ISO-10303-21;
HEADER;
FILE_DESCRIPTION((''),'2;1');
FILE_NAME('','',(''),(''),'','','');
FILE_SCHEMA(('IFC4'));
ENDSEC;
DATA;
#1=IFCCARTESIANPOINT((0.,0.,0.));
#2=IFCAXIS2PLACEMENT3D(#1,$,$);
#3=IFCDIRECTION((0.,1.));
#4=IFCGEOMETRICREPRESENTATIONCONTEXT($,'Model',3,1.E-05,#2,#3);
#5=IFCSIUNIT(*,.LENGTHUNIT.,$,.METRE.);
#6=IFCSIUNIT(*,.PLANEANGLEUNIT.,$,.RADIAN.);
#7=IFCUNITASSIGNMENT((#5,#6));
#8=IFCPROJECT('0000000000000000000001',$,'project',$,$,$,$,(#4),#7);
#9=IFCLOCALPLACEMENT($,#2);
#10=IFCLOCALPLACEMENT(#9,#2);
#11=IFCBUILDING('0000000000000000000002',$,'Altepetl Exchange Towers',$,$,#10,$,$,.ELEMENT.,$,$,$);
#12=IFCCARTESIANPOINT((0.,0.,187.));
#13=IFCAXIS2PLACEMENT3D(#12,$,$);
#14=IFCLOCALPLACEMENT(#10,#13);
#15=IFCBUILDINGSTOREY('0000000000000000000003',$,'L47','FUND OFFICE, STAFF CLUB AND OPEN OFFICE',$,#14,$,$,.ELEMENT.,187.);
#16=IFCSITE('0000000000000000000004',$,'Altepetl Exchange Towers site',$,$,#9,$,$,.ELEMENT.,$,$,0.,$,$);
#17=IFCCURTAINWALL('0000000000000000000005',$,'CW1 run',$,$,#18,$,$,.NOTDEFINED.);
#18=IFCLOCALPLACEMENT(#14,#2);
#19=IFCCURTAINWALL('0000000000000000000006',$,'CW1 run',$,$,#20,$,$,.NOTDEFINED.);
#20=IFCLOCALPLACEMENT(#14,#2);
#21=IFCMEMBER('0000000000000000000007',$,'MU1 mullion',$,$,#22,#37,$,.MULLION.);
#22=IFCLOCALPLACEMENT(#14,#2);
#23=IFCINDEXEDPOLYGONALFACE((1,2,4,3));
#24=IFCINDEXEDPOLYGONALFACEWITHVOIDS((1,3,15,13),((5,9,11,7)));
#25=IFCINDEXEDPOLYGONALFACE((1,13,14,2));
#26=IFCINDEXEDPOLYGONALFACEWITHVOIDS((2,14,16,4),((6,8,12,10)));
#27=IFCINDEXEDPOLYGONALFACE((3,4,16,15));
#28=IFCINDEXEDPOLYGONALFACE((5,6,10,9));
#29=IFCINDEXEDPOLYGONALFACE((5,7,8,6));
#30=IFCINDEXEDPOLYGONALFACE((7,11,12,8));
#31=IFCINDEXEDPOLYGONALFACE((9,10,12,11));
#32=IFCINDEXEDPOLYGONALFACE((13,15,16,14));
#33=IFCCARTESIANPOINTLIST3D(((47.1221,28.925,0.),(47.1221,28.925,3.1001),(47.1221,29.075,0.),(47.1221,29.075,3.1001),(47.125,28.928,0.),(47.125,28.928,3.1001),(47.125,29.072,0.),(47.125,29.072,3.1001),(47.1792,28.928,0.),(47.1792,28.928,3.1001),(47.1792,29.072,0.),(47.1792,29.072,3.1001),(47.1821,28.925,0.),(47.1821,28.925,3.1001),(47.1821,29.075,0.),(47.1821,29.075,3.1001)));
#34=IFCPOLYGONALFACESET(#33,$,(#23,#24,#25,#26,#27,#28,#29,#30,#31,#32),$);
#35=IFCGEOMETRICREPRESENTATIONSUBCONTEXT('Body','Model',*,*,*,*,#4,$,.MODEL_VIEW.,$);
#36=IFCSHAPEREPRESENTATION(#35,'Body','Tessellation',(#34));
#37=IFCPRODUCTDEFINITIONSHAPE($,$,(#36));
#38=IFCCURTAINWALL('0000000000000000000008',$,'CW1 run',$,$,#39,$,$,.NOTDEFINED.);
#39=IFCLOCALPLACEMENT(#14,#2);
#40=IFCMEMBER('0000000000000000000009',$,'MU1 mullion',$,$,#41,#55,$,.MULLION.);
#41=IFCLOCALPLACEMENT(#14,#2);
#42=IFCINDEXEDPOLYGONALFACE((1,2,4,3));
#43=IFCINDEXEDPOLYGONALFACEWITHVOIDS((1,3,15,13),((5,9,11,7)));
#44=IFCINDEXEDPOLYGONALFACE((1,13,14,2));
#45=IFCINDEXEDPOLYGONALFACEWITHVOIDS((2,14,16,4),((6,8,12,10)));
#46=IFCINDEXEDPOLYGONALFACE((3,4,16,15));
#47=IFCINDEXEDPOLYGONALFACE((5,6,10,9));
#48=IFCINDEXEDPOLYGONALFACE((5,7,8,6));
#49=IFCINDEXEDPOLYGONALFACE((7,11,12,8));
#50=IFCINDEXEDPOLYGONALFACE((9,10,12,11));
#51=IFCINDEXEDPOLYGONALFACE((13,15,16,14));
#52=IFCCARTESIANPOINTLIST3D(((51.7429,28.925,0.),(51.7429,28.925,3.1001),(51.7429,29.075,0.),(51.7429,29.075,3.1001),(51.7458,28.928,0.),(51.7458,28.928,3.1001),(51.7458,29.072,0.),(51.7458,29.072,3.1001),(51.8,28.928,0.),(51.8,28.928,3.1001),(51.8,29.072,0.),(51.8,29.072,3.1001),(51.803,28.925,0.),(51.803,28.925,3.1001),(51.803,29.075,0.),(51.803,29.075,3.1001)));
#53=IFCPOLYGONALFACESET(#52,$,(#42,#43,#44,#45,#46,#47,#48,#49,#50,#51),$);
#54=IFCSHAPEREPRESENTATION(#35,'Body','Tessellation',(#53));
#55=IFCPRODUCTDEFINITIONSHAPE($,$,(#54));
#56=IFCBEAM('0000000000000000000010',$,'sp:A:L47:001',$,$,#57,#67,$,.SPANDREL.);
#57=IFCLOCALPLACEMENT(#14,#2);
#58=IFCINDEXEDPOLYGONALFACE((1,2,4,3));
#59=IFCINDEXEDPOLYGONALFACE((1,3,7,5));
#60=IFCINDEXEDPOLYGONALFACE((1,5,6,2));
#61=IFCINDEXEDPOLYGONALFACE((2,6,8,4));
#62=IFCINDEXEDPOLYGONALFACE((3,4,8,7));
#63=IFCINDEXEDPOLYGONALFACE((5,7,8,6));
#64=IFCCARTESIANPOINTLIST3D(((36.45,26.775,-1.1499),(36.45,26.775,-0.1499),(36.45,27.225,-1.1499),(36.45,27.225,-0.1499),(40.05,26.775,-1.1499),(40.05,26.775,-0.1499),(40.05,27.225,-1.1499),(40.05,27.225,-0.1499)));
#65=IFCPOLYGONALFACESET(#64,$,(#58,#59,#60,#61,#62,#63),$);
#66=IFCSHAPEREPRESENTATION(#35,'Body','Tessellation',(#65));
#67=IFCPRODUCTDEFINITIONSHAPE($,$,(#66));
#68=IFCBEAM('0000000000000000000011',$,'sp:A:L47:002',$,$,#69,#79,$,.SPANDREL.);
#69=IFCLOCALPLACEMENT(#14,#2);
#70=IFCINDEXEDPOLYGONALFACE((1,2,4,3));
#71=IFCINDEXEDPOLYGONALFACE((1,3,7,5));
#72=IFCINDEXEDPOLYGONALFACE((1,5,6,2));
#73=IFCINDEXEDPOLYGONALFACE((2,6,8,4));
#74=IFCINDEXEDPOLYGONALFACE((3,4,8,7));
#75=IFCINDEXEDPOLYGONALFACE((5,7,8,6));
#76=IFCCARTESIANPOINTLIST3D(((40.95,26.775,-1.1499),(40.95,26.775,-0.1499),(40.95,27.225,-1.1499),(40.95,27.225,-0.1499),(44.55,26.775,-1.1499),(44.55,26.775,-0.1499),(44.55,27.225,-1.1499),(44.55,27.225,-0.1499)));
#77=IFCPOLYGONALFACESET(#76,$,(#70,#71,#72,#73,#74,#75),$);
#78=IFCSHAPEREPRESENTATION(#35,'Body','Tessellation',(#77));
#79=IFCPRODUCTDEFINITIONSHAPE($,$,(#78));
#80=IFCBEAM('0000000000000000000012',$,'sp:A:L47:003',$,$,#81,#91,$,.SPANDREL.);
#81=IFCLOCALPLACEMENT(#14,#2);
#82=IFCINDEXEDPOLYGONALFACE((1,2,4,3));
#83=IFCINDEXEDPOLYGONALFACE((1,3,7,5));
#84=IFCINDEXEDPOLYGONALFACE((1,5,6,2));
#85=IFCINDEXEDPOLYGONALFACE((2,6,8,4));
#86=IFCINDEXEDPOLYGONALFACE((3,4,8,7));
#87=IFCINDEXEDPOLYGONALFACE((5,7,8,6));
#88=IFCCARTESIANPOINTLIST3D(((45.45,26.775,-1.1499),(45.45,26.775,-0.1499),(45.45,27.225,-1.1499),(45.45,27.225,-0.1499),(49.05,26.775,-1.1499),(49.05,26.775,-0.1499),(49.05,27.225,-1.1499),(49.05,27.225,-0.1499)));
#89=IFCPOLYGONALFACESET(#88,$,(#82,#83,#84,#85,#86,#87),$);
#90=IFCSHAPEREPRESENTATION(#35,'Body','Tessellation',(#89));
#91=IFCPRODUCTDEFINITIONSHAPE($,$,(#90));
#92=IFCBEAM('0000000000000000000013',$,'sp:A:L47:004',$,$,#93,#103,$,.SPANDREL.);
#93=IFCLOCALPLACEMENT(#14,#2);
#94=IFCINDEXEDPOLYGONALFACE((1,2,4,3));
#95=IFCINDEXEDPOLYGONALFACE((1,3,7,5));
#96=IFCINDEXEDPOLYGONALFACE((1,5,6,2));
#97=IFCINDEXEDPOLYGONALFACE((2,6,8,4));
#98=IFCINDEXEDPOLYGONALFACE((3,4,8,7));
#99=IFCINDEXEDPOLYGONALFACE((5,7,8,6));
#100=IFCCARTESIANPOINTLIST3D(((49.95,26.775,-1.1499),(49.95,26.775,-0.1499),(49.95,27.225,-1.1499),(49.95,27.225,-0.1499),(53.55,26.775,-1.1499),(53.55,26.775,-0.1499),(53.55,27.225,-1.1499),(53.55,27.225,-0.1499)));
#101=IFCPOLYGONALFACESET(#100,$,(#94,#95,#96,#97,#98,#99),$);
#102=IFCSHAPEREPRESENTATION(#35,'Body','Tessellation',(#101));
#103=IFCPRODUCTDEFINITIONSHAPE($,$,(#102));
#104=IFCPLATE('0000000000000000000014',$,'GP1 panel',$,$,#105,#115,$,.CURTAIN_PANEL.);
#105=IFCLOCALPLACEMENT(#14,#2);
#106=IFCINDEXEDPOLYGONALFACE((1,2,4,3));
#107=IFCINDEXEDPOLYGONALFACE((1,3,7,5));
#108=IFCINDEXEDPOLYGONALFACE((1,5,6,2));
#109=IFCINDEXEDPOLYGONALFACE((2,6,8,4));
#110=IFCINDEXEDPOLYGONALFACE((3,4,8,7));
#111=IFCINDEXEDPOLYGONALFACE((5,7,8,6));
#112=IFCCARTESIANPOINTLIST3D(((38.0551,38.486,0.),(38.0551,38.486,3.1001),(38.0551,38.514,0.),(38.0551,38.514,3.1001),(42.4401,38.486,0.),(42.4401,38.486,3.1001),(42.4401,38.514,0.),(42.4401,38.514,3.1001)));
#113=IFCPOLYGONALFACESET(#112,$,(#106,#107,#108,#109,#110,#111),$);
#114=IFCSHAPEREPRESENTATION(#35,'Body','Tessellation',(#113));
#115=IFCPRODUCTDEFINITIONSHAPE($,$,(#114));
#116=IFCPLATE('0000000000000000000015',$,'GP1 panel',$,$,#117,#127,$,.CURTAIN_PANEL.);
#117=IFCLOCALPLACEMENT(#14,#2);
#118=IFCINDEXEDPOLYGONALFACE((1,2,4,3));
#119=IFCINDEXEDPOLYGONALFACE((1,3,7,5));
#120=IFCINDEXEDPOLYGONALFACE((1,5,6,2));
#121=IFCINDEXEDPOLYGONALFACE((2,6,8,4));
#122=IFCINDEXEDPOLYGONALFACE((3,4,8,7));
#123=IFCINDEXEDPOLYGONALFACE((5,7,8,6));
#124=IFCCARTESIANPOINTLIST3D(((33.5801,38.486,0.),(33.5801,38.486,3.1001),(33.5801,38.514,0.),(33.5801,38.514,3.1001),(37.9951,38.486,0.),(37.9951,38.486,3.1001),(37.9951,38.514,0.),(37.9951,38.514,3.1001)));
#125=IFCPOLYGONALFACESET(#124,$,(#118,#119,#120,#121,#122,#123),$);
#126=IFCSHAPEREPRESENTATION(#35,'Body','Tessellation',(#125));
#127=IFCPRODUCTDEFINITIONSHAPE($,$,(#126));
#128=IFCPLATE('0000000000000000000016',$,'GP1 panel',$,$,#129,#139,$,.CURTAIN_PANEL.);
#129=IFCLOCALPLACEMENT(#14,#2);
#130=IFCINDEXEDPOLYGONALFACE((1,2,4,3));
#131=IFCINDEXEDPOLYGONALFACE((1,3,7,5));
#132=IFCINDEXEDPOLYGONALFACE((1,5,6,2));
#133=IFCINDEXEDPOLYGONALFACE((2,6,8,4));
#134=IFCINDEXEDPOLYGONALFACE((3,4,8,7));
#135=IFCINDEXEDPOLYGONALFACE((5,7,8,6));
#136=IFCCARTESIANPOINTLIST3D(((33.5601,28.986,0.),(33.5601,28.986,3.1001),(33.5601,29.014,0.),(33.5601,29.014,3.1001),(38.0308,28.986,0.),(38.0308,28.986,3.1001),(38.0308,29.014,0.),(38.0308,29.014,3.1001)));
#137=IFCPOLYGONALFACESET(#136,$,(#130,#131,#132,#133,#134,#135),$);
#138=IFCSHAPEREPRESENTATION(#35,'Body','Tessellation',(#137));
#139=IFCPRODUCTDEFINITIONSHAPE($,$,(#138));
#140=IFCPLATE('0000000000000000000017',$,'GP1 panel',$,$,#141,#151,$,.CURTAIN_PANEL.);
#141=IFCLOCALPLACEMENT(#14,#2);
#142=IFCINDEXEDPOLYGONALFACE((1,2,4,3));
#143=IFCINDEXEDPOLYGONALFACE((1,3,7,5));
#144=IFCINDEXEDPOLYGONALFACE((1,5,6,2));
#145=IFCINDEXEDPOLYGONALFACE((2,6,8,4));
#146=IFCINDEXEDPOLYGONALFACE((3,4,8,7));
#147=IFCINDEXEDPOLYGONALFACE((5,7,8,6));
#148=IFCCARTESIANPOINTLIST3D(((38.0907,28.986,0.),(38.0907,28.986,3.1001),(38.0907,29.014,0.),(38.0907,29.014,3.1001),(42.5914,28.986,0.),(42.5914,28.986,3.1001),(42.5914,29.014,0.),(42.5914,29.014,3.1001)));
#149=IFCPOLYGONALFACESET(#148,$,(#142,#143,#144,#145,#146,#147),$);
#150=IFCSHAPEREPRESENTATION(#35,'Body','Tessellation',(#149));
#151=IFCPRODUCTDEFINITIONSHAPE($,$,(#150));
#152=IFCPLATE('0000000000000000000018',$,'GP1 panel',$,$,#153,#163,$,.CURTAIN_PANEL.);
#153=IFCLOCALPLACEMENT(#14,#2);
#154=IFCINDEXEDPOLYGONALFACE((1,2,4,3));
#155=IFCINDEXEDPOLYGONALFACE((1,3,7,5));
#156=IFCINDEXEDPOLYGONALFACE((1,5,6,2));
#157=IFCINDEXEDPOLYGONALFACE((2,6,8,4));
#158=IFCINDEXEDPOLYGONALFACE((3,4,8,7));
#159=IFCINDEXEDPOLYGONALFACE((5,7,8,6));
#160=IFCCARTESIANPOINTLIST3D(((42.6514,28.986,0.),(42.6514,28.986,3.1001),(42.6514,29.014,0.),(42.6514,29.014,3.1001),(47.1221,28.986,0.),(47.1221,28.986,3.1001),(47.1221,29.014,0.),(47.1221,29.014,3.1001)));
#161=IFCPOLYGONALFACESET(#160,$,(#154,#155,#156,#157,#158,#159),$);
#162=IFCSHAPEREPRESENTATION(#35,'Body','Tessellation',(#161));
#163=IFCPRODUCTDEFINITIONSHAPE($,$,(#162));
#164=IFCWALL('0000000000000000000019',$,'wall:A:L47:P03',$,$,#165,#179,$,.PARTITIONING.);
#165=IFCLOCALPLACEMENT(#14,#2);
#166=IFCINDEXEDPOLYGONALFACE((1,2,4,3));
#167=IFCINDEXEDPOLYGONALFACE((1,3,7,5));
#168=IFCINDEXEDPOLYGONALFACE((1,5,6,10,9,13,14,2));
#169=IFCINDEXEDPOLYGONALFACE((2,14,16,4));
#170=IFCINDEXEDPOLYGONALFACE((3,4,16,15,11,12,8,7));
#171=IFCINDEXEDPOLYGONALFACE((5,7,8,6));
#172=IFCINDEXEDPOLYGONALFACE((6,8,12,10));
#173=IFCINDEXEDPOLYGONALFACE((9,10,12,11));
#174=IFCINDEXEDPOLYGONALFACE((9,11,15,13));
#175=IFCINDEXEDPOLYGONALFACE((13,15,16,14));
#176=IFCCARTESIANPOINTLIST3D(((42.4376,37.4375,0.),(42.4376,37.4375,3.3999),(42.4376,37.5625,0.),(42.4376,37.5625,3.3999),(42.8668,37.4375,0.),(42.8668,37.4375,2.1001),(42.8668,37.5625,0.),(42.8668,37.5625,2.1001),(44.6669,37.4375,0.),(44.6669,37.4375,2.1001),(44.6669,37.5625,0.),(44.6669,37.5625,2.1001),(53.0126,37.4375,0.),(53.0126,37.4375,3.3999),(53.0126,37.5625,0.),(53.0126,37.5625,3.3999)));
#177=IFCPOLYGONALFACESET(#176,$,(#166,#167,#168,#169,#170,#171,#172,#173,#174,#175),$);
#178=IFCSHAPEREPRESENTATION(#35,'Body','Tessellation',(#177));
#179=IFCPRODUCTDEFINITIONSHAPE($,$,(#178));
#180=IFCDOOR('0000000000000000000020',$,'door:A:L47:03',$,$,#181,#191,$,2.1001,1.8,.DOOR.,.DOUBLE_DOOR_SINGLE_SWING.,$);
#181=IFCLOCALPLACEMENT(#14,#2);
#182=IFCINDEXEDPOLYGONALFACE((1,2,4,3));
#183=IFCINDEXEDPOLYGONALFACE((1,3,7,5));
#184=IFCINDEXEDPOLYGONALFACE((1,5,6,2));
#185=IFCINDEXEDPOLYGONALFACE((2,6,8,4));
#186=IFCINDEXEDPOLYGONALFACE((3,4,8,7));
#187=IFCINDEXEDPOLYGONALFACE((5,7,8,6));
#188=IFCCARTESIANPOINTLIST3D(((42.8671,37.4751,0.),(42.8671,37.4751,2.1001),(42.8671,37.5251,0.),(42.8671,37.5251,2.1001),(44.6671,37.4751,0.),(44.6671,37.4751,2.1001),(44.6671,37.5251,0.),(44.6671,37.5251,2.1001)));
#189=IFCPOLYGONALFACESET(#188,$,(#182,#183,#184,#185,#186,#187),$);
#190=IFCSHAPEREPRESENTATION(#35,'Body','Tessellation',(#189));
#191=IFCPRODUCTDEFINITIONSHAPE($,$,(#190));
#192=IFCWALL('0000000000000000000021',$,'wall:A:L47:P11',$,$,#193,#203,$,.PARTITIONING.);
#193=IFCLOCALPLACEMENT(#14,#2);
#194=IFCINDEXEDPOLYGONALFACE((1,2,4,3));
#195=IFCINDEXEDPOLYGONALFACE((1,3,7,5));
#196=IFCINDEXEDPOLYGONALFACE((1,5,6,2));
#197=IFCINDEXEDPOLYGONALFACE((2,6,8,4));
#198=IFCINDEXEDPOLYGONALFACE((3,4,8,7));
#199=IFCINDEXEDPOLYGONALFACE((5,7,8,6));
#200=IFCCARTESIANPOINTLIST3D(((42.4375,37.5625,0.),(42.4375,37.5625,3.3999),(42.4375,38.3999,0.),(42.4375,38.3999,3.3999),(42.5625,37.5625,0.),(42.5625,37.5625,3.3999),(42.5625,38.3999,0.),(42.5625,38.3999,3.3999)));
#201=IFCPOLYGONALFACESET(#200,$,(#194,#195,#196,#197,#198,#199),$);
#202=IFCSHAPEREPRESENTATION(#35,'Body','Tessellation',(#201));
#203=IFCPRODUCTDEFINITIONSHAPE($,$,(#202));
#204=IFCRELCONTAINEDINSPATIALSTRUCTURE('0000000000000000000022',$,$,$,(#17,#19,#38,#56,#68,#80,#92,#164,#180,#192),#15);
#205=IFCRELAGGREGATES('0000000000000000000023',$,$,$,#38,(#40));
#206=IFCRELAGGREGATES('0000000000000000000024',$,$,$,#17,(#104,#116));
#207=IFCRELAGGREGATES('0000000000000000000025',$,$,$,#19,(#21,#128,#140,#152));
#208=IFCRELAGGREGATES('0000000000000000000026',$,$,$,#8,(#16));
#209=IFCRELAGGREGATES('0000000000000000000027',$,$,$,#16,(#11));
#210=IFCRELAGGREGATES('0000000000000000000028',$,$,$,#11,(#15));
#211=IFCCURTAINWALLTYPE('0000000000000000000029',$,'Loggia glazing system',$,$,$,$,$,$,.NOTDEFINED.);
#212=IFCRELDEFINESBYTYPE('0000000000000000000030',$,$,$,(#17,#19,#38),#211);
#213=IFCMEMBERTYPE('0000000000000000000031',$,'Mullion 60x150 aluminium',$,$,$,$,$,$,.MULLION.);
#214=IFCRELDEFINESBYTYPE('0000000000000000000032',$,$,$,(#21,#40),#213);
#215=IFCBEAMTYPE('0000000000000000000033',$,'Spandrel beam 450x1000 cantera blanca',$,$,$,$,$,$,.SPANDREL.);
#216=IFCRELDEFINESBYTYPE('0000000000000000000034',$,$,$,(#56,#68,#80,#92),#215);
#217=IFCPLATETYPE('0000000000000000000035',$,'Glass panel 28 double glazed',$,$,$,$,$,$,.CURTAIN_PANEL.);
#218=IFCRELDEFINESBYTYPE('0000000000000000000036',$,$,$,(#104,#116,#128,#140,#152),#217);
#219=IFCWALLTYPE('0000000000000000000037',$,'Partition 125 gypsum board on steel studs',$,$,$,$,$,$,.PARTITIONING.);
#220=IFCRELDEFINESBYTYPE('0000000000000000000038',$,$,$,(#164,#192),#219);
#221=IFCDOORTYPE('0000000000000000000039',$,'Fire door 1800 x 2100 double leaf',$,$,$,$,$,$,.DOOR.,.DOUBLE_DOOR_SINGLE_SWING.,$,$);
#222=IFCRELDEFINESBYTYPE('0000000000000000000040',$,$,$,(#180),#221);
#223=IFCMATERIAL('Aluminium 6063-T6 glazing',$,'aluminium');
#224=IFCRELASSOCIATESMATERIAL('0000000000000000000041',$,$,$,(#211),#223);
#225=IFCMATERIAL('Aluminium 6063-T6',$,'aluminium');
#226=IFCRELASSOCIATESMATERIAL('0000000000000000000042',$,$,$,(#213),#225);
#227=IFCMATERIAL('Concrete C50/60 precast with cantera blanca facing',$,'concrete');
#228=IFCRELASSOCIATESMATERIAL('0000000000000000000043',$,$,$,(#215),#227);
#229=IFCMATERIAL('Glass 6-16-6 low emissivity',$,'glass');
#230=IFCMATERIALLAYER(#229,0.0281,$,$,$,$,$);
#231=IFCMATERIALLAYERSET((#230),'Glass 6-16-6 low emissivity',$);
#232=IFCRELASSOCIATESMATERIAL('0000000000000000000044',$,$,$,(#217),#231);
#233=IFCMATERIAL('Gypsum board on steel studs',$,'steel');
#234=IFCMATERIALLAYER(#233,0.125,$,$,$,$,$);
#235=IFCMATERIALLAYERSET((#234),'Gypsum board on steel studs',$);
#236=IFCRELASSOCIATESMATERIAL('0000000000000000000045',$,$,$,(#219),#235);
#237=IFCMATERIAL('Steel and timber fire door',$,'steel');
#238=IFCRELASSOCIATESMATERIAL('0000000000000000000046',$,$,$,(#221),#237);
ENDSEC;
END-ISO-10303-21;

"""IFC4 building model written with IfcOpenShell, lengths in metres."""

from ifc_helpers import new_model, si_unit, direction, frame, frame_2d, origin, origin_2d, place, context, subcontext, project, spatial, rectangle, hollow_rectangle, extrude, material, layer, layer_set, material_profile, profile_set, type_object, element, fill, aggregate, save


model = new_model("IFC4")

# Units and contexts
model_context = context("Model", 3, precision=1e-05, world=origin(), true_north=direction((0.0, 1.0)))
body_context = subcontext(model_context, "Body", "Model", "MODEL_VIEW")
ifc_project = project(units=[si_unit("LENGTHUNIT", "METRE"), si_unit("PLANEANGLEUNIT", "RADIAN")], contexts=[model_context])

# Site, building, storey
site_placement = place(None, origin())
site = spatial("IfcSite", under=ifc_project, at=site_placement, Name="Altepetl Exchange Towers site", CompositionType="ELEMENT", RefElevation=0.0)
building_placement = place(site_placement, origin())
building = spatial("IfcBuilding", under=site, at=building_placement, Name="Altepetl Exchange Towers", CompositionType="ELEMENT")
storey_placement = place(building_placement, frame((0.0, 0.0, 187.0)))
storey = spatial("IfcBuildingStorey", under=building, at=storey_placement, Name="L47", Description="FUND OFFICE, STAFF CLUB AND OPEN OFFICE", CompositionType="ELEMENT", Elevation=187.0)

# Curtain wall
ifc_material_1 = material(Name="Aluminium 6063-T6 glazing", Category="aluminium")
curtain_wall_type = type_object("IfcCurtainWallType", Name="Loggia glazing system", PredefinedType="NOTDEFINED", material=ifc_material_1)
curtain_wall_1_placement = place(storey_placement, origin())
curtain_wall_1 = element("IfcCurtainWall", 1, at=curtain_wall_1_placement, inside=storey, type_object=curtain_wall_type, Name="CW1 run", PredefinedType="NOTDEFINED")
ifc_material_2 = material(Name="Aluminium 6063-T6", Category="aluminium")
ifc_material_profile_1 = material_profile(ifc_material_2, hollow_rectangle(XDim=0.0601, YDim=0.1499, WallThickness=0.0029, at=origin_2d()), Name="Mullion 60x150 aluminium")
ifc_profile_set_1 = profile_set([ifc_material_profile_1], Name="Aluminium 6063-T6")
member_type = type_object("IfcMemberType", Name="Mullion 60x150 aluminium", PredefinedType="MULLION", material=ifc_profile_set_1)

# Curtain wall, member
curtain_wall_2_placement = place(storey_placement, origin())
curtain_wall_2 = element("IfcCurtainWall", 2, at=curtain_wall_2_placement, inside=storey, type_object=curtain_wall_type, Name="CW1 run", PredefinedType="NOTDEFINED")
member_1_placement = place(storey_placement, frame((47.1521, 29.0, 0.0)))
member_1 = element("IfcMember", 3, at=member_1_placement, type_object=member_type, Name="MU1 mullion", PredefinedType="MULLION", context=body_context, shape_type="SweptSolid", body=[
    extrude(hollow_rectangle(XDim=0.0601, YDim=0.1499, WallThickness=0.0029, at=origin_2d()), origin(), (0.0, 0.0, 1.0), 3.1001),
])

# Curtain wall, member
curtain_wall_3_placement = place(storey_placement, origin())
curtain_wall_3 = element("IfcCurtainWall", 4, at=curtain_wall_3_placement, inside=storey, type_object=curtain_wall_type, Name="CW1 run", PredefinedType="NOTDEFINED")
member_2_placement = place(storey_placement, frame((51.7729, 29.0, 0.0)))
member_2 = element("IfcMember", 5, at=member_2_placement, type_object=member_type, Name="MU1 mullion", PredefinedType="MULLION", context=body_context, shape_type="SweptSolid", body=[
    extrude(hollow_rectangle(XDim=0.0601, YDim=0.1499, WallThickness=0.0029, at=origin_2d()), origin(), (0.0, 0.0, 1.0), 3.1001),
])
aggregate(curtain_wall_3, [member_2])

# Beams
ifc_material_3 = material(Name="Concrete C50/60 precast with cantera blanca facing", Category="concrete")
ifc_material_profile_2 = material_profile(ifc_material_3, rectangle(XDim=0.45, YDim=1.0, at=origin_2d()), Name="450 x 1000")
ifc_profile_set_2 = profile_set([ifc_material_profile_2], Name="Concrete C50/60 precast with cantera blanca facing")
beam_type_1 = type_object("IfcBeamType", Name="Spandrel beam 450x1000 cantera blanca", PredefinedType="SPANDREL", material=ifc_profile_set_2)
for number, where, z_axis, x_axis, name in (
    (6, (36.45, 27.0, -0.6499), (1.0, 0.0, 0.0), (0.0, 1.0, 0.0), "sp:A:L47:001"),
    (7, (40.95, 27.0, -0.6499), (1.0, 0.0, 0.0), (0.0, 1.0, 0.0), "sp:A:L47:002"),
    (8, (45.45, 27.0, -0.6499), (1.0, 0.0, 0.0), (0.0, 1.0, 0.0), "sp:A:L47:003"),
    (9, (49.95, 27.0, -0.6499), (1.0, 0.0, 0.0), (0.0, 1.0, 0.0), "sp:A:L47:004"),
):
    element("IfcBeam", number, at=place(storey_placement, frame(where, z_axis=z_axis, x_axis=x_axis)), inside=storey, type_object=beam_type_1, Name=name, PredefinedType="SPANDREL", context=body_context, shape_type="SweptSolid", body=[
        extrude(rectangle(XDim=0.45, YDim=1.0, at=origin_2d()), origin(), (0.0, 0.0, 1.0), 3.6001),
    ])

# Plates
ifc_material_4 = material(Name="Glass 6-16-6 low emissivity", Category="glass")
ifc_layer_1 = layer(ifc_material_4, 0.0281)
ifc_layer_set_1 = layer_set([ifc_layer_1], Name="Glass 6-16-6 low emissivity")
plate_type = type_object("IfcPlateType", Name="Glass panel 28 double glazed", PredefinedType="CURTAIN_PANEL", material=ifc_layer_set_1)
plate_1_placement = place(storey_placement, frame((40.2476, 38.5, 0.0), z_axis=(0.0, 0.0, 1.0), x_axis=(-1.0, 0.0, 0.0)))
plate_1 = element("IfcPlate", 10, at=plate_1_placement, type_object=plate_type, Name="GP1 panel", PredefinedType="CURTAIN_PANEL", context=body_context, shape_type="SweptSolid", body=[
    extrude(rectangle(XDim=4.385, YDim=0.0281, at=origin_2d()), origin(), (0.0, 0.0, 1.0), 3.1001),
])
plate_2_placement = place(storey_placement, frame((35.7876, 38.5, 0.0), z_axis=(0.0, 0.0, 1.0), x_axis=(-1.0, 0.0, 0.0)))
plate_2 = element("IfcPlate", 11, at=plate_2_placement, type_object=plate_type, Name="GP1 panel", PredefinedType="CURTAIN_PANEL", context=body_context, shape_type="SweptSolid", body=[
    extrude(rectangle(XDim=4.415, YDim=0.0281, at=origin_2d()), origin(), (0.0, 0.0, 1.0), 3.1001),
])
aggregate(curtain_wall_1, [plate_1, plate_2])
plate_3_placement = place(storey_placement, frame((35.7954, 29.0, 0.0)))
plate_3 = element("IfcPlate", 12, at=plate_3_placement, type_object=plate_type, Name="GP1 panel", PredefinedType="CURTAIN_PANEL", context=body_context, shape_type="SweptSolid", body=[
    extrude(rectangle(XDim=4.4707, YDim=0.0281, at=origin_2d()), origin(), (0.0, 0.0, 1.0), 3.1001),
])
plate_4_placement = place(storey_placement, frame((40.3411, 29.0, 0.0)))
plate_4 = element("IfcPlate", 13, at=plate_4_placement, type_object=plate_type, Name="GP1 panel", PredefinedType="CURTAIN_PANEL", context=body_context, shape_type="SweptSolid", body=[
    extrude(rectangle(XDim=4.5007, YDim=0.0281, at=origin_2d()), origin(), (0.0, 0.0, 1.0), 3.1001),
])
plate_5_placement = place(storey_placement, frame((44.8867, 29.0, 0.0)))
plate_5 = element("IfcPlate", 14, at=plate_5_placement, type_object=plate_type, Name="GP1 panel", PredefinedType="CURTAIN_PANEL", context=body_context, shape_type="SweptSolid", body=[
    extrude(rectangle(XDim=4.4707, YDim=0.0281, at=origin_2d()), origin(), (0.0, 0.0, 1.0), 3.1001),
])
aggregate(curtain_wall_2, [member_1, plate_3, plate_4, plate_5])

# Wall, opening, door
ifc_material_5 = material(Name="Gypsum board on steel studs", Category="steel")
ifc_layer_2 = layer(ifc_material_5, 0.125)
ifc_layer_set_2 = layer_set([ifc_layer_2], Name="Gypsum board on steel studs")
wall_type_1 = type_object("IfcWallType", Name="Partition 125 gypsum board on steel studs", PredefinedType="PARTITIONING", material=ifc_layer_set_2)
wall_1_placement = place(storey_placement, frame((42.4375, 37.5, 0.0)))
wall_1 = element("IfcWall", 15, at=wall_1_placement, inside=storey, type_object=wall_type_1, Name="wall:A:L47:P03", PredefinedType="PARTITIONING", context=body_context, shape_type="SweptSolid", body=[
    extrude(rectangle(XDim=10.575, YDim=0.125, at=frame_2d((5.2876, 0.0))), origin(), (0.0, 0.0, 1.0), 3.3999),
])
opening_1_placement = place(wall_1_placement, frame((0.4294, 0.0, 0.0)))
opening_1 = element("IfcOpeningElement", 16, at=opening_1_placement, cuts=wall_1, PredefinedType="OPENING", context=body_context, shape_type="SweptSolid", body=[
    extrude(rectangle(XDim=1.8, YDim=2.1001, at=frame_2d((0.8999, 1.05))), frame((0.0, 0.0725, 0.0), z_axis=(0.0, -1.0, 0.0), x_axis=(1.0, 0.0, 0.0)), (0.0, 0.0, 1.0), 0.145),
])
ifc_material_6 = material(Name="Steel and timber fire door", Category="steel")
door_type_1 = type_object("IfcDoorType", Name="Fire door 1800 x 2100 double leaf", OperationType="DOUBLE_DOOR_SINGLE_SWING", PredefinedType="DOOR", material=ifc_material_6)
door_1_placement = place(opening_1_placement, frame((1.8, 0.0, 0.0), x_axis=(-1.0, 0.0, 0.0)))
door_1 = element("IfcDoor", 17, at=door_1_placement, inside=storey, type_object=door_type_1, Name="door:A:L47:03", OperationType="DOUBLE_DOOR_SINGLE_SWING", OverallHeight=2.1001, OverallWidth=1.8, PredefinedType="DOOR", context=body_context, shape_type="SweptSolid", body=[
    extrude(rectangle(XDim=1.8, YDim=2.1001, at=frame_2d((0.8999, 1.05))), frame((0.0, 0.0249, 0.0), z_axis=(0.0, -1.0, 0.0), x_axis=(1.0, 0.0, 0.0)), (0.0, 0.0, 1.0), 0.05),
])
fill(opening_1, door_1)

# Wall
wall_2_placement = place(storey_placement, frame((42.5, 37.5625, 0.0), z_axis=(0.0, 0.0, 1.0), x_axis=(0.0, 1.0, 0.0)))
element("IfcWall", 18, at=wall_2_placement, inside=storey, type_object=wall_type_1, Name="wall:A:L47:P11", PredefinedType="PARTITIONING", context=body_context, shape_type="SweptSolid", body=[
    extrude(rectangle(XDim=0.8374, YDim=0.125, at=frame_2d((0.4187, 0.0))), origin(), (0.0, 0.0, 1.0), 3.3999),
])

save(model, "model.ifc")
